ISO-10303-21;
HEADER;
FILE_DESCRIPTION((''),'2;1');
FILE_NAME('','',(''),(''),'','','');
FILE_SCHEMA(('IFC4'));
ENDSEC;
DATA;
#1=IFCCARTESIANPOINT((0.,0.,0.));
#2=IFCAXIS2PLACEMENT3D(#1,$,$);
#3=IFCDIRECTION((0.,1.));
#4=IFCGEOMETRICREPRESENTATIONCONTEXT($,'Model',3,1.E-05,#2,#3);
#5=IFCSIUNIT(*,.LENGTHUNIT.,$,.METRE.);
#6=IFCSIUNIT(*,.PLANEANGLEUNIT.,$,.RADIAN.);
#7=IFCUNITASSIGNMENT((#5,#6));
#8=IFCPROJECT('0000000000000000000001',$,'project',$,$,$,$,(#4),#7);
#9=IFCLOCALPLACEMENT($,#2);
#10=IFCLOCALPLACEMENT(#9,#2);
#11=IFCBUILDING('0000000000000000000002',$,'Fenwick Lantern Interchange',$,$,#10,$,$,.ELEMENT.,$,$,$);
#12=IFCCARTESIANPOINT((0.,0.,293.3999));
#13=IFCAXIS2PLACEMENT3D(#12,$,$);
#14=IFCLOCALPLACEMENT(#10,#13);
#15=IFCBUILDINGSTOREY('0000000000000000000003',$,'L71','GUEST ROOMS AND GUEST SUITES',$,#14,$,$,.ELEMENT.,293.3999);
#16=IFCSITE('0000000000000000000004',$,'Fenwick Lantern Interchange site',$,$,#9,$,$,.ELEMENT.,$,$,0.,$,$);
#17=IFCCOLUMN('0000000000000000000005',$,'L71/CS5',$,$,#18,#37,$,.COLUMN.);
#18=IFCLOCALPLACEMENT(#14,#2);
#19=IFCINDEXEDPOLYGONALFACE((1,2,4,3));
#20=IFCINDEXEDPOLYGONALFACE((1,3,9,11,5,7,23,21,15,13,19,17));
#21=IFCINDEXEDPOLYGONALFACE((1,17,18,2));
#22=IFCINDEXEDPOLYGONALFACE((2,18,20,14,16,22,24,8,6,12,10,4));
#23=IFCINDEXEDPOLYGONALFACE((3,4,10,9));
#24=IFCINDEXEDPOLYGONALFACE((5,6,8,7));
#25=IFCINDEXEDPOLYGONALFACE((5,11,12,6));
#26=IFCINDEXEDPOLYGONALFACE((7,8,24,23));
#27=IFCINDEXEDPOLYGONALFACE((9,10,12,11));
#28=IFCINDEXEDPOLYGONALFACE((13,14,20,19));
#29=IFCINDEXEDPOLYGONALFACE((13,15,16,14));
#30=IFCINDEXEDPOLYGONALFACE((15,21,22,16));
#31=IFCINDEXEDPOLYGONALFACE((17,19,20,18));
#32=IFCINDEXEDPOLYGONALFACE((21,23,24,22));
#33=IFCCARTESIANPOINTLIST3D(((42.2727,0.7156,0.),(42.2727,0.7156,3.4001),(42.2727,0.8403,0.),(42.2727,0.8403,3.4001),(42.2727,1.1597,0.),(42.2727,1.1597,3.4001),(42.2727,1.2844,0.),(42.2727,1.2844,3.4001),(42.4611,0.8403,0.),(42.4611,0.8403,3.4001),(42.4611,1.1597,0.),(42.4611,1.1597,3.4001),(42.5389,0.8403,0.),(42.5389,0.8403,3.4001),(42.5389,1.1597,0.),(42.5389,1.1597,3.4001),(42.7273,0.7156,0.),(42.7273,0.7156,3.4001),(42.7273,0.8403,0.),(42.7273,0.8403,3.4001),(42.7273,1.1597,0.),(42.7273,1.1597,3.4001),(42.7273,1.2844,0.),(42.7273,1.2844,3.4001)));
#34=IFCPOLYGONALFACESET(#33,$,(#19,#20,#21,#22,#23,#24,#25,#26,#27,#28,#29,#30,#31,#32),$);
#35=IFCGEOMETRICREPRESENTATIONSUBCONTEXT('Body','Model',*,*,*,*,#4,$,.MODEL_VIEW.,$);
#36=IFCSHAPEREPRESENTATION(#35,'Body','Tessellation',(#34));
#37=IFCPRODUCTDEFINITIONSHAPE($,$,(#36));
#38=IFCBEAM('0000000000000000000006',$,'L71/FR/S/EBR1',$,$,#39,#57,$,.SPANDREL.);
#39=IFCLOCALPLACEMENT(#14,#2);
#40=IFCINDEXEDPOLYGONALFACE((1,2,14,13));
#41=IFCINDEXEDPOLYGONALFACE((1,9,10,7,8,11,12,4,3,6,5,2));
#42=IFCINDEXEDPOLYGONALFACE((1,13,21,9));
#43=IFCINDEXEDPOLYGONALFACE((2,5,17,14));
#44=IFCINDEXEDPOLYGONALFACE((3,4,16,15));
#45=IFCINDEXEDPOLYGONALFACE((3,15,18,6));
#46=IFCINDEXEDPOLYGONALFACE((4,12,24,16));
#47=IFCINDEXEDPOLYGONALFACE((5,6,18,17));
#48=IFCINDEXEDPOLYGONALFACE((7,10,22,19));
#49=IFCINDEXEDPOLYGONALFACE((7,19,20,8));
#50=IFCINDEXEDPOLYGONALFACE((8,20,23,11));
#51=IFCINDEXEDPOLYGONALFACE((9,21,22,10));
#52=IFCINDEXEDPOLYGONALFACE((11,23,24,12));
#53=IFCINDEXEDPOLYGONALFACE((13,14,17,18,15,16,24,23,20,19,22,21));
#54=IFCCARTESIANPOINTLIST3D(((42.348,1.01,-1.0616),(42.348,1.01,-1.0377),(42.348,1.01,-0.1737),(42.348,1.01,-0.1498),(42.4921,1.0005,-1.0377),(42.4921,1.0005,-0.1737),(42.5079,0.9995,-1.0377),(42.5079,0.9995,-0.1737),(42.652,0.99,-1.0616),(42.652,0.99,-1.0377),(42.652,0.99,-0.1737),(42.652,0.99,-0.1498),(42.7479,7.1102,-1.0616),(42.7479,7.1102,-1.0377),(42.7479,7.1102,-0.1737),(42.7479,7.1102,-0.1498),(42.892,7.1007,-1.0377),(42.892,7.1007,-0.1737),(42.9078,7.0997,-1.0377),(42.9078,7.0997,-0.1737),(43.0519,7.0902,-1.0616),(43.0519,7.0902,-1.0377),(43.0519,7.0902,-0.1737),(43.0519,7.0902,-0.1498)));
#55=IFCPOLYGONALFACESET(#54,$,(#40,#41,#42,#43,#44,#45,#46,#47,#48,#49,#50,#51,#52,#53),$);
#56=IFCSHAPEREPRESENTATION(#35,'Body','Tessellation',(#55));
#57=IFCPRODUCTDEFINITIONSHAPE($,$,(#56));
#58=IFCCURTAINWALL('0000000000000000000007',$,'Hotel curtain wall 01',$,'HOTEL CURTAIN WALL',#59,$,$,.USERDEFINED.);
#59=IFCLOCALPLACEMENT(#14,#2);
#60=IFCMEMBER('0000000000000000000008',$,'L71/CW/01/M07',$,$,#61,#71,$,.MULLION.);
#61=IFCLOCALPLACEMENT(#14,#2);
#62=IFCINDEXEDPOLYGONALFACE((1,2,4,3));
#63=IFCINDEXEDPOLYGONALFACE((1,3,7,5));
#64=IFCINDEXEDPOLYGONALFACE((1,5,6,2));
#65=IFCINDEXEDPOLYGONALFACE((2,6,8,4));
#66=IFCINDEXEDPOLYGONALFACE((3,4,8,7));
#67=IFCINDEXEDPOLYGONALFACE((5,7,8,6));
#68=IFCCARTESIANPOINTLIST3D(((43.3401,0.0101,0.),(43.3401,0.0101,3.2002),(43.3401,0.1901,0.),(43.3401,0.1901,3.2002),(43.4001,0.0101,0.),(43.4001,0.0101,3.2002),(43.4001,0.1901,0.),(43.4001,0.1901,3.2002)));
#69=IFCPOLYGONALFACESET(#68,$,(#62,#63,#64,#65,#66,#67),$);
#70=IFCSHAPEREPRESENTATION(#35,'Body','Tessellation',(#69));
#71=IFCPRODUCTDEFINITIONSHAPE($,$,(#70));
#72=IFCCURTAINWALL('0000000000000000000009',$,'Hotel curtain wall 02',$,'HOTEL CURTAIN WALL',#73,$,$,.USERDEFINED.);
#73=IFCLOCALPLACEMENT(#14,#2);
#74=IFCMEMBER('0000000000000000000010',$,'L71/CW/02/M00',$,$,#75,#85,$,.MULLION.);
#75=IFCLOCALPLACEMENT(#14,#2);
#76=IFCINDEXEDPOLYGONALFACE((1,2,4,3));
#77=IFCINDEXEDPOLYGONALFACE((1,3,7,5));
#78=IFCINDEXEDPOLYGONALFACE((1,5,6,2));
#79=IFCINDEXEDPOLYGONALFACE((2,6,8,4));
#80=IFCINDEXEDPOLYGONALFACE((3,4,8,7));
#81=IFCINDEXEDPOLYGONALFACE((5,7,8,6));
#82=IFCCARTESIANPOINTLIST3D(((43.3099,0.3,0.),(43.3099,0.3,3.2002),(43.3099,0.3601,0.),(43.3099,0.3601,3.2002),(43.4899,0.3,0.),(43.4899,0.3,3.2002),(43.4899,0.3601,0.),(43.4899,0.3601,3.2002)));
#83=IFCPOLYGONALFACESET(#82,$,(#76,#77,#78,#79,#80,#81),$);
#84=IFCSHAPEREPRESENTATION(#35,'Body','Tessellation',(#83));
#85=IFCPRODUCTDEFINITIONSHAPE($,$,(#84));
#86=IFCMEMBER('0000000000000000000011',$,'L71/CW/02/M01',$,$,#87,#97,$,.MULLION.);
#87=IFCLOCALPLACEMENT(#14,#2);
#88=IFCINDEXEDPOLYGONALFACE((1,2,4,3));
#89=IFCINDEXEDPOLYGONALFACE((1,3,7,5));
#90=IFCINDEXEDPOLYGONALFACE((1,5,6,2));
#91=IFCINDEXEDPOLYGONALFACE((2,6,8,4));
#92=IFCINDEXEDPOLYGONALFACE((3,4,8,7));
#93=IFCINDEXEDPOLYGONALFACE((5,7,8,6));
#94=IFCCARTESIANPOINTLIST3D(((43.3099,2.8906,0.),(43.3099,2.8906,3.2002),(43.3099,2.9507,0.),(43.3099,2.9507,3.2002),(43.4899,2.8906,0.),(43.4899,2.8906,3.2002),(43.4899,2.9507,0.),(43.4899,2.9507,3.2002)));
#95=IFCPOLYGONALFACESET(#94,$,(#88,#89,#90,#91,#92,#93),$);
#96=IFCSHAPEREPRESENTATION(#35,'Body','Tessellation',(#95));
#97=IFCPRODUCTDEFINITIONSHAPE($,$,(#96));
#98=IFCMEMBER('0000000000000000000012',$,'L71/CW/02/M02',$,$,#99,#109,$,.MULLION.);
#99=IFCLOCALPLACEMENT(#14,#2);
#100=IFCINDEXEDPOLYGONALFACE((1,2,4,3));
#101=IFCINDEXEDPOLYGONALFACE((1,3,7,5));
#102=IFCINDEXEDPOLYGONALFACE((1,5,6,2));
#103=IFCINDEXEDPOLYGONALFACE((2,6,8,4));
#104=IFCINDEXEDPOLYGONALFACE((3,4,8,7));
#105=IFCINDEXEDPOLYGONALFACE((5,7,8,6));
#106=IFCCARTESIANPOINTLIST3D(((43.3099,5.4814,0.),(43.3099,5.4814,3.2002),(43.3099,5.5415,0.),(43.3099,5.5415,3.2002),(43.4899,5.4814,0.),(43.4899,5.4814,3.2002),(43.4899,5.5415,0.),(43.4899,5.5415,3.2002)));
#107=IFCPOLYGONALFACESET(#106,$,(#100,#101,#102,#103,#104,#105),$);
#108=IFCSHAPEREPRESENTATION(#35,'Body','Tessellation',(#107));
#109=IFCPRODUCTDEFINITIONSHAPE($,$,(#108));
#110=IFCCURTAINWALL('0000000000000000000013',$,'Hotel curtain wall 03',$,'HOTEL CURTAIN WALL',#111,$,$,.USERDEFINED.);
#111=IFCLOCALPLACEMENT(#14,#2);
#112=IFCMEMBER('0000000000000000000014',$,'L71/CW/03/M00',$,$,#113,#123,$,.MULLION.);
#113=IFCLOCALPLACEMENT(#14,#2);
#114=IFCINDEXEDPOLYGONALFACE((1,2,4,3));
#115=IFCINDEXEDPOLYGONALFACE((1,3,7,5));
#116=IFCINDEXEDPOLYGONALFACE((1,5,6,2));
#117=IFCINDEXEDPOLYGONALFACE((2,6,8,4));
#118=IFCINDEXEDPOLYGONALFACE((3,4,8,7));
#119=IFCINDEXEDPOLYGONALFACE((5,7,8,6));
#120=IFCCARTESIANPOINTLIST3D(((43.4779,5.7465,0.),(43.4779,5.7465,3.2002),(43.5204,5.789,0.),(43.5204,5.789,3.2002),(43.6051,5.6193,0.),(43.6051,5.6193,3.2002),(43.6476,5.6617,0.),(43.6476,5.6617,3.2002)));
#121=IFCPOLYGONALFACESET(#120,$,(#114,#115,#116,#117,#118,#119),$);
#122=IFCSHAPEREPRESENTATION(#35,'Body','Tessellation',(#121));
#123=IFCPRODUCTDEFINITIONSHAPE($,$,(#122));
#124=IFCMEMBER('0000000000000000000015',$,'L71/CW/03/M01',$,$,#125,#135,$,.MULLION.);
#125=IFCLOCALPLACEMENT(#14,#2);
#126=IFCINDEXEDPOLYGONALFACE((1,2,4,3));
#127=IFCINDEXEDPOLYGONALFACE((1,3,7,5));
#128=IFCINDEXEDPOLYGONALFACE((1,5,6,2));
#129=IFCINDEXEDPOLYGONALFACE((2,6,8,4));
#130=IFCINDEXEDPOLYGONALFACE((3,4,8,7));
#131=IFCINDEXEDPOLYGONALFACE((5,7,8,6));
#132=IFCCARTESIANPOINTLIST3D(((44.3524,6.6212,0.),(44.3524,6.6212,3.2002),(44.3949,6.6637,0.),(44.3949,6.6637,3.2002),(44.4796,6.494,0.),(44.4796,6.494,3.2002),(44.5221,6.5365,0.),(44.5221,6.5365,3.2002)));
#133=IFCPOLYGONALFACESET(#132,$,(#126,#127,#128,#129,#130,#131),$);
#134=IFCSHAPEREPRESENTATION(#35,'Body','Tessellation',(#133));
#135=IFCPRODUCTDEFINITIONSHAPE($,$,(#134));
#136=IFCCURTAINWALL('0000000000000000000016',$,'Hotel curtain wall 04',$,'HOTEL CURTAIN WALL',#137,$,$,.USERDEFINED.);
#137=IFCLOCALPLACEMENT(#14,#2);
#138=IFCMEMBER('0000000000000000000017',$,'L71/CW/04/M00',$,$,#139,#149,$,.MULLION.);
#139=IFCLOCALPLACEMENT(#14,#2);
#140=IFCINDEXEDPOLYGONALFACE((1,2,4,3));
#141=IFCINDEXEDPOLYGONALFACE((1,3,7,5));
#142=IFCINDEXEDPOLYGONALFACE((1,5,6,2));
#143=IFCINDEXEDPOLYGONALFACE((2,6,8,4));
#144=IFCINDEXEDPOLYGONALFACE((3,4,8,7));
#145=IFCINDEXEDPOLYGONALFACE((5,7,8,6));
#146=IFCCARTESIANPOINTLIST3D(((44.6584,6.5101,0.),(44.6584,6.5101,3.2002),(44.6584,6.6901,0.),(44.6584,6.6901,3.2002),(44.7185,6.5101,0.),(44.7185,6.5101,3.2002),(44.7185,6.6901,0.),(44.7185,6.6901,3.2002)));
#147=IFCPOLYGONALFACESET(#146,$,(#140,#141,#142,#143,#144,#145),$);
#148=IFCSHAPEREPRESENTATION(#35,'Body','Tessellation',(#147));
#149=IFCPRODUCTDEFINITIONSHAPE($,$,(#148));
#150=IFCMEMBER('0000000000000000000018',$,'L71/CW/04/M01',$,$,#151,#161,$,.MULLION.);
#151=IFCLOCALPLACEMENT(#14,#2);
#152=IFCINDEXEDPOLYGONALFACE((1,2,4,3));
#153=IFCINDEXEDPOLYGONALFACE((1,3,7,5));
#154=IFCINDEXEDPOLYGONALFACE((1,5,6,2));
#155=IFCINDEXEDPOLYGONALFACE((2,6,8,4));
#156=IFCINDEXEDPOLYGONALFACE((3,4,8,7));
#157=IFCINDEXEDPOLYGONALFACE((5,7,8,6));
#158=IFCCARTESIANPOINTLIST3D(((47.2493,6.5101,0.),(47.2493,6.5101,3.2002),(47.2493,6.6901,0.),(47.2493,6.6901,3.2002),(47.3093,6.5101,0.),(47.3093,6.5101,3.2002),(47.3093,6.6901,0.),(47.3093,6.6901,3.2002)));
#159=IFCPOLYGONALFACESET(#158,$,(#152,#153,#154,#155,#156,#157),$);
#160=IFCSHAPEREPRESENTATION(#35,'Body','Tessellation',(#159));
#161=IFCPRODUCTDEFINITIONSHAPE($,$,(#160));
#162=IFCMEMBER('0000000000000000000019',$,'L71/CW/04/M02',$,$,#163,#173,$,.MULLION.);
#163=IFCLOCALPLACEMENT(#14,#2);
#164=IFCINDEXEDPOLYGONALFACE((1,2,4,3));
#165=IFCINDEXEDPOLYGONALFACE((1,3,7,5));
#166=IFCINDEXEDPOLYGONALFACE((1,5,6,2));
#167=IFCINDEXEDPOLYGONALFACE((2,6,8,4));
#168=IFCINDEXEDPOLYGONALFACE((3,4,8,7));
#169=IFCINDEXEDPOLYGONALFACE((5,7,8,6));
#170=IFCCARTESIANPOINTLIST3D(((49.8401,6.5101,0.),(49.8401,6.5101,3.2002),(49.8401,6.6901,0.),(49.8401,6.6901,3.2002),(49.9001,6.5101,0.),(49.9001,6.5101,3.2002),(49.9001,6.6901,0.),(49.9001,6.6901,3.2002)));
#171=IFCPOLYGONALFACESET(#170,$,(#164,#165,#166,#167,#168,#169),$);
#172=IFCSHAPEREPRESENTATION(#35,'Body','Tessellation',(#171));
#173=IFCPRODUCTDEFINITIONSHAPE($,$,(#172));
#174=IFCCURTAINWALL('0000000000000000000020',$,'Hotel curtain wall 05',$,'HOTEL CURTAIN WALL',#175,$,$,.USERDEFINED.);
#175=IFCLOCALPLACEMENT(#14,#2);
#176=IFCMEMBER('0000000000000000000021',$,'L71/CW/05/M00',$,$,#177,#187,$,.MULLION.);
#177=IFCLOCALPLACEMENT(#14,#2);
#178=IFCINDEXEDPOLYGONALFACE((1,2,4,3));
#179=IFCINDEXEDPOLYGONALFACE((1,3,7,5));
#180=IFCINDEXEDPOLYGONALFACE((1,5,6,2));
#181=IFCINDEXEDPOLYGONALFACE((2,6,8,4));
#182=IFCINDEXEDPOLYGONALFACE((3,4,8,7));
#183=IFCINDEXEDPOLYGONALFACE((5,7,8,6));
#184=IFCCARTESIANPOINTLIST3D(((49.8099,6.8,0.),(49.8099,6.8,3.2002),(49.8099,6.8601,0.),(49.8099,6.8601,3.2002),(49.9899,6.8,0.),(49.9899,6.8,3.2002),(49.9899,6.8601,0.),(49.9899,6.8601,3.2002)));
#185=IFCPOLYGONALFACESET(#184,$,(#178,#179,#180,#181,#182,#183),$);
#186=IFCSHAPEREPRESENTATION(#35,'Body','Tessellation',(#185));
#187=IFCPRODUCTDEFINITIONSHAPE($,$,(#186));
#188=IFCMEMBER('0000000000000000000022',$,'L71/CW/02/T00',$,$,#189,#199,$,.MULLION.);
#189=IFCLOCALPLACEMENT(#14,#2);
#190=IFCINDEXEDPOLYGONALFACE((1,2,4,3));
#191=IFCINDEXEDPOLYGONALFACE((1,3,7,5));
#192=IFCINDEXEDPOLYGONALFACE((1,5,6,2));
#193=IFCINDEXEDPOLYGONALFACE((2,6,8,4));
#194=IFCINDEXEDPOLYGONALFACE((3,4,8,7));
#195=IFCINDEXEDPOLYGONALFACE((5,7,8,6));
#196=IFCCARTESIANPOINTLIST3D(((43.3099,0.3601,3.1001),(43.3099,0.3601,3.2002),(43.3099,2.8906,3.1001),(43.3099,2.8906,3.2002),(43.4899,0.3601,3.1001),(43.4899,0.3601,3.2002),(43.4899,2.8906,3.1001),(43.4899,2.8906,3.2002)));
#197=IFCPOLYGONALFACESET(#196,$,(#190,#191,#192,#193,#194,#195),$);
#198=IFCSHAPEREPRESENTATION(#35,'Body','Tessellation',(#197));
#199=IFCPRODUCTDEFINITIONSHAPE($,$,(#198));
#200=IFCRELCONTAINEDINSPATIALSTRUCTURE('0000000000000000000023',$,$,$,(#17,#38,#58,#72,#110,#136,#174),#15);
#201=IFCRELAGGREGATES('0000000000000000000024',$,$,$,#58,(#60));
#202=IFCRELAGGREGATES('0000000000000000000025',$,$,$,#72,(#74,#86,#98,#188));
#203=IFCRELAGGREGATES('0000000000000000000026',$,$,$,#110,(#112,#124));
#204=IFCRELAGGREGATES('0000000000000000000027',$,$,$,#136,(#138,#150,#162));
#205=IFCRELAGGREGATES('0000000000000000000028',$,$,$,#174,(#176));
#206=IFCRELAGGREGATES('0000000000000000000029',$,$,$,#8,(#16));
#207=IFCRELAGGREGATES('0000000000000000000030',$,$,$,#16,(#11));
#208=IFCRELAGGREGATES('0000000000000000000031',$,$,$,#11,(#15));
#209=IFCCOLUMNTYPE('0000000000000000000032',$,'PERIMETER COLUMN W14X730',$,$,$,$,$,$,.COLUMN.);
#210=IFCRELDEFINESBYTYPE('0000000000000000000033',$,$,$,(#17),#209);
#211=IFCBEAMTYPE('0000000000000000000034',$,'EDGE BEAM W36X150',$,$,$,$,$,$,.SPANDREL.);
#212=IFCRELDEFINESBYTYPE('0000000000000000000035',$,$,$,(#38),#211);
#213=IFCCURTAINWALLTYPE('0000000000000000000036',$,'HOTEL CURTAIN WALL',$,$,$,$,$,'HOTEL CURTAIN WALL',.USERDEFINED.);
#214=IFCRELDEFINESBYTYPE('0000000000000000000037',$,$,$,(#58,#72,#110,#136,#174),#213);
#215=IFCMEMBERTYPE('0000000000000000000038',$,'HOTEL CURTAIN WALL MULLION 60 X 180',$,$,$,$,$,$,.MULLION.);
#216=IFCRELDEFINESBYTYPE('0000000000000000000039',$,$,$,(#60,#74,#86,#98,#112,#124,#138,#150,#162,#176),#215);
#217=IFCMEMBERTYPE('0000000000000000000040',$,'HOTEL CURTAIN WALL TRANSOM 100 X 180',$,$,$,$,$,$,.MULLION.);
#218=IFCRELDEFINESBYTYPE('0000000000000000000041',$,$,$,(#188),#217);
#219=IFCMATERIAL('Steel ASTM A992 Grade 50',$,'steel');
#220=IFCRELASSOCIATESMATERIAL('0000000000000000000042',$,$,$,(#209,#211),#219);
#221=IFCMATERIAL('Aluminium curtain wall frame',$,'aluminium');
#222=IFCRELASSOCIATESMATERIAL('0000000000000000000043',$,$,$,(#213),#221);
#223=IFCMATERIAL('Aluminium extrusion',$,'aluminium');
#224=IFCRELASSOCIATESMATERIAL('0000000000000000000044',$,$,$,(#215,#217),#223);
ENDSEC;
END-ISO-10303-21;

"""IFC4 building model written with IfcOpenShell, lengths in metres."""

from ifc_helpers import new_model, si_unit, direction, frame, origin, origin_2d, place, context, subcontext, project, spatial, rectangle, i_section, extrude, material, material_profile, profile_set, type_object, element, aggregate, save


model = new_model("IFC4")

# Units and contexts
model_context = context("Model", 3, precision=1e-05, world=origin(), true_north=direction((0.0, 1.0)))
body_context = subcontext(model_context, "Body", "Model", "MODEL_VIEW")
ifc_project = project(units=[si_unit("LENGTHUNIT", "METRE"), si_unit("PLANEANGLEUNIT", "RADIAN")], contexts=[model_context])

# Site, building, storey
site_placement = place(None, origin())
site = spatial("IfcSite", under=ifc_project, at=site_placement, Name="Fenwick Lantern Interchange site", CompositionType="ELEMENT", RefElevation=0.0)
building_placement = place(site_placement, origin())
building = spatial("IfcBuilding", under=site, at=building_placement, Name="Fenwick Lantern Interchange", CompositionType="ELEMENT")
storey_placement = place(building_placement, frame((0.0, 0.0, 293.3999)))
storey = spatial("IfcBuildingStorey", under=building, at=storey_placement, Name="L71", Description="GUEST ROOMS AND GUEST SUITES", CompositionType="ELEMENT", Elevation=293.3999)

# Column
ifc_material_1 = material(Name="Steel ASTM A992 Grade 50", Category="steel")
ifc_material_profile_1 = material_profile(ifc_material_1, i_section(OverallWidth=0.4546, OverallDepth=0.5688, WebThickness=0.0779, FlangeThickness=0.1248, at=origin_2d()), Name="W14X730")
ifc_profile_set_1 = profile_set([ifc_material_profile_1], Name="Steel ASTM A992 Grade 50")
column_type = type_object("IfcColumnType", Name="PERIMETER COLUMN W14X730", PredefinedType="COLUMN", material=ifc_profile_set_1)
column_placement = place(storey_placement, frame((42.5, 1.0, 0.0), z_axis=(0.0, 0.0, 1.0), x_axis=(1.0, 0.0, 0.0)))
element("IfcColumn", 1, at=column_placement, inside=storey, type_object=column_type, Name="L71/CS5", PredefinedType="COLUMN", context=body_context, shape_type="SweptSolid", body=[
    extrude(i_section(OverallWidth=0.4546, OverallDepth=0.5688, WebThickness=0.0779, FlangeThickness=0.1248, at=origin_2d()), origin(), (0.0, 0.0, 1.0), 3.4001),
])

# Beam
ifc_material_profile_2 = material_profile(ifc_material_1, i_section(OverallWidth=0.3047, OverallDepth=0.9119, WebThickness=0.0159, FlangeThickness=0.0239, at=origin_2d()), Name="W36X150")
ifc_profile_set_2 = profile_set([ifc_material_profile_2], Name="Steel ASTM A992 Grade 50")
beam_type = type_object("IfcBeamType", Name="EDGE BEAM W36X150", PredefinedType="SPANDREL", material=ifc_profile_set_2)
beam_placement = place(storey_placement, frame((42.5, 1.0, -0.6057), z_axis=(0.065416, 0.997858, 0.0), x_axis=(-0.997858, 0.065416, 0.0)))
element("IfcBeam", 2, at=beam_placement, inside=storey, type_object=beam_type, Name="L71/FR/S/EBR1", PredefinedType="SPANDREL", context=body_context, shape_type="SweptSolid", body=[
    extrude(i_section(OverallWidth=0.3047, OverallDepth=0.9119, WebThickness=0.0159, FlangeThickness=0.0239, at=origin_2d()), origin(), (0.0, 0.0, 1.0), 6.1133),
])

# Curtain wall, member
ifc_material_2 = material(Name="Aluminium curtain wall frame", Category="aluminium")
curtain_wall_type = type_object("IfcCurtainWallType", Name="HOTEL CURTAIN WALL", ElementType="HOTEL CURTAIN WALL", PredefinedType="USERDEFINED", material=ifc_material_2)
curtain_wall_1_placement = place(storey_placement, origin())
curtain_wall_1 = element("IfcCurtainWall", 3, at=curtain_wall_1_placement, inside=storey, type_object=curtain_wall_type, Name="Hotel curtain wall 01", ObjectType="HOTEL CURTAIN WALL", PredefinedType="USERDEFINED")
ifc_material_3 = material(Name="Aluminium extrusion", Category="aluminium")
ifc_material_profile_3 = material_profile(ifc_material_3, rectangle(XDim=0.1799, YDim=0.0601, at=origin_2d()), Name="HOTEL CURTAIN WALL MULLION 60 X 180")
ifc_profile_set_3 = profile_set([ifc_material_profile_3], Name="Aluminium extrusion")
member_type_1 = type_object("IfcMemberType", Name="HOTEL CURTAIN WALL MULLION 60 X 180", PredefinedType="MULLION", material=ifc_profile_set_3)
member_1_placement = place(storey_placement, frame((43.3701, 0.1001, 0.0), z_axis=(0.0, 0.0, 1.0), x_axis=(0.0, 1.0, 0.0)))
member_1 = element("IfcMember", 4, at=member_1_placement, type_object=member_type_1, Name="L71/CW/01/M07", PredefinedType="MULLION", context=body_context, shape_type="SweptSolid", body=[
    extrude(rectangle(XDim=0.1799, YDim=0.0601, at=origin_2d()), origin(), (0.0, 0.0, 1.0), 3.2002),
])
aggregate(curtain_wall_1, [member_1])

# Curtain walls, members
curtain_wall_2_placement = place(storey_placement, origin())
curtain_wall_2 = element("IfcCurtainWall", 5, at=curtain_wall_2_placement, inside=storey, type_object=curtain_wall_type, Name="Hotel curtain wall 02", ObjectType="HOTEL CURTAIN WALL", PredefinedType="USERDEFINED")
member_2_placement = place(storey_placement, frame((43.3999, 0.3301, 0.0), z_axis=(0.0, 0.0, 1.0), x_axis=(-1.0, 0.0, 0.0)))
member_2 = element("IfcMember", 6, at=member_2_placement, type_object=member_type_1, Name="L71/CW/02/M00", PredefinedType="MULLION", context=body_context, shape_type="SweptSolid", body=[
    extrude(rectangle(XDim=0.1799, YDim=0.0601, at=origin_2d()), origin(), (0.0, 0.0, 1.0), 3.2002),
])
member_3_placement = place(storey_placement, frame((43.3999, 2.9207, 0.0), z_axis=(0.0, 0.0, 1.0), x_axis=(-1.0, 0.0, 0.0)))
member_3 = element("IfcMember", 7, at=member_3_placement, type_object=member_type_1, Name="L71/CW/02/M01", PredefinedType="MULLION", context=body_context, shape_type="SweptSolid", body=[
    extrude(rectangle(XDim=0.1799, YDim=0.0601, at=origin_2d()), origin(), (0.0, 0.0, 1.0), 3.2002),
])
member_4_placement = place(storey_placement, frame((43.3999, 5.5115, 0.0), z_axis=(0.0, 0.0, 1.0), x_axis=(-1.0, 0.0, 0.0)))
member_4 = element("IfcMember", 8, at=member_4_placement, type_object=member_type_1, Name="L71/CW/02/M02", PredefinedType="MULLION", context=body_context, shape_type="SweptSolid", body=[
    extrude(rectangle(XDim=0.1799, YDim=0.0601, at=origin_2d()), origin(), (0.0, 0.0, 1.0), 3.2002),
])
curtain_wall_3_placement = place(storey_placement, origin())
curtain_wall_3 = element("IfcCurtainWall", 9, at=curtain_wall_3_placement, inside=storey, type_object=curtain_wall_type, Name="Hotel curtain wall 03", ObjectType="HOTEL CURTAIN WALL", PredefinedType="USERDEFINED")
member_5_placement = place(storey_placement, frame((43.5627, 5.7041, 0.0), z_axis=(0.0, 0.0, 1.0), x_axis=(-0.707107, 0.707107, 0.0)))
member_5 = element("IfcMember", 10, at=member_5_placement, type_object=member_type_1, Name="L71/CW/03/M00", PredefinedType="MULLION", context=body_context, shape_type="SweptSolid", body=[
    extrude(rectangle(XDim=0.1799, YDim=0.0601, at=origin_2d()), origin(), (0.0, 0.0, 1.0), 3.2002),
])
member_6_placement = place(storey_placement, frame((44.4373, 6.5789, 0.0), z_axis=(0.0, 0.0, 1.0), x_axis=(-0.707107, 0.707107, 0.0)))
member_6 = element("IfcMember", 11, at=member_6_placement, type_object=member_type_1, Name="L71/CW/03/M01", PredefinedType="MULLION", context=body_context, shape_type="SweptSolid", body=[
    extrude(rectangle(XDim=0.1799, YDim=0.0601, at=origin_2d()), origin(), (0.0, 0.0, 1.0), 3.2002),
])
curtain_wall_4_placement = place(storey_placement, origin())
curtain_wall_4 = element("IfcCurtainWall", 12, at=curtain_wall_4_placement, inside=storey, type_object=curtain_wall_type, Name="Hotel curtain wall 04", ObjectType="HOTEL CURTAIN WALL", PredefinedType="USERDEFINED")
member_7_placement = place(storey_placement, frame((44.6885, 6.6001, 0.0), z_axis=(0.0, 0.0, 1.0), x_axis=(0.0, 1.0, 0.0)))
member_7 = element("IfcMember", 13, at=member_7_placement, type_object=member_type_1, Name="L71/CW/04/M00", PredefinedType="MULLION", context=body_context, shape_type="SweptSolid", body=[
    extrude(rectangle(XDim=0.1799, YDim=0.0601, at=origin_2d()), origin(), (0.0, 0.0, 1.0), 3.2002),
])
member_8_placement = place(storey_placement, frame((47.2793, 6.6001, 0.0), z_axis=(0.0, 0.0, 1.0), x_axis=(0.0, 1.0, 0.0)))
member_8 = element("IfcMember", 14, at=member_8_placement, type_object=member_type_1, Name="L71/CW/04/M01", PredefinedType="MULLION", context=body_context, shape_type="SweptSolid", body=[
    extrude(rectangle(XDim=0.1799, YDim=0.0601, at=origin_2d()), origin(), (0.0, 0.0, 1.0), 3.2002),
])
member_9_placement = place(storey_placement, frame((49.8701, 6.6001, 0.0), z_axis=(0.0, 0.0, 1.0), x_axis=(0.0, 1.0, 0.0)))
member_9 = element("IfcMember", 15, at=member_9_placement, type_object=member_type_1, Name="L71/CW/04/M02", PredefinedType="MULLION", context=body_context, shape_type="SweptSolid", body=[
    extrude(rectangle(XDim=0.1799, YDim=0.0601, at=origin_2d()), origin(), (0.0, 0.0, 1.0), 3.2002),
])

# Curtain wall, member
curtain_wall_5_placement = place(storey_placement, origin())
curtain_wall_5 = element("IfcCurtainWall", 16, at=curtain_wall_5_placement, inside=storey, type_object=curtain_wall_type, Name="Hotel curtain wall 05", ObjectType="HOTEL CURTAIN WALL", PredefinedType="USERDEFINED")
member_10_placement = place(storey_placement, frame((49.8999, 6.8301, 0.0), z_axis=(0.0, 0.0, 1.0), x_axis=(-1.0, 0.0, 0.0)))
member_10 = element("IfcMember", 17, at=member_10_placement, type_object=member_type_1, Name="L71/CW/05/M00", PredefinedType="MULLION", context=body_context, shape_type="SweptSolid", body=[
    extrude(rectangle(XDim=0.1799, YDim=0.0601, at=origin_2d()), origin(), (0.0, 0.0, 1.0), 3.2002),
])

# Member
ifc_material_profile_4 = material_profile(ifc_material_3, rectangle(XDim=0.1799, YDim=0.1001, at=origin_2d()), Name="HOTEL CURTAIN WALL TRANSOM 100 X 180")
ifc_profile_set_4 = profile_set([ifc_material_profile_4], Name="Aluminium extrusion")
member_type_2 = type_object("IfcMemberType", Name="HOTEL CURTAIN WALL TRANSOM 100 X 180", PredefinedType="MULLION", material=ifc_profile_set_4)
member_11_placement = place(storey_placement, frame((43.3999, 0.3601, 3.1501), z_axis=(0.0, 1.0, 0.0), x_axis=(-1.0, 0.0, 0.0)))
member_11 = element("IfcMember", 18, at=member_11_placement, type_object=member_type_2, Name="L71/CW/02/T00", PredefinedType="MULLION", context=body_context, shape_type="SweptSolid", body=[
    extrude(rectangle(XDim=0.1799, YDim=0.1001, at=origin_2d()), origin(), (0.0, 0.0, 1.0), 2.5305),
])

aggregate(curtain_wall_2, [member_2, member_3, member_4, member_11])
aggregate(curtain_wall_3, [member_5, member_6])
aggregate(curtain_wall_4, [member_7, member_8, member_9])
aggregate(curtain_wall_5, [member_10])

save(model, "model.ifc")
